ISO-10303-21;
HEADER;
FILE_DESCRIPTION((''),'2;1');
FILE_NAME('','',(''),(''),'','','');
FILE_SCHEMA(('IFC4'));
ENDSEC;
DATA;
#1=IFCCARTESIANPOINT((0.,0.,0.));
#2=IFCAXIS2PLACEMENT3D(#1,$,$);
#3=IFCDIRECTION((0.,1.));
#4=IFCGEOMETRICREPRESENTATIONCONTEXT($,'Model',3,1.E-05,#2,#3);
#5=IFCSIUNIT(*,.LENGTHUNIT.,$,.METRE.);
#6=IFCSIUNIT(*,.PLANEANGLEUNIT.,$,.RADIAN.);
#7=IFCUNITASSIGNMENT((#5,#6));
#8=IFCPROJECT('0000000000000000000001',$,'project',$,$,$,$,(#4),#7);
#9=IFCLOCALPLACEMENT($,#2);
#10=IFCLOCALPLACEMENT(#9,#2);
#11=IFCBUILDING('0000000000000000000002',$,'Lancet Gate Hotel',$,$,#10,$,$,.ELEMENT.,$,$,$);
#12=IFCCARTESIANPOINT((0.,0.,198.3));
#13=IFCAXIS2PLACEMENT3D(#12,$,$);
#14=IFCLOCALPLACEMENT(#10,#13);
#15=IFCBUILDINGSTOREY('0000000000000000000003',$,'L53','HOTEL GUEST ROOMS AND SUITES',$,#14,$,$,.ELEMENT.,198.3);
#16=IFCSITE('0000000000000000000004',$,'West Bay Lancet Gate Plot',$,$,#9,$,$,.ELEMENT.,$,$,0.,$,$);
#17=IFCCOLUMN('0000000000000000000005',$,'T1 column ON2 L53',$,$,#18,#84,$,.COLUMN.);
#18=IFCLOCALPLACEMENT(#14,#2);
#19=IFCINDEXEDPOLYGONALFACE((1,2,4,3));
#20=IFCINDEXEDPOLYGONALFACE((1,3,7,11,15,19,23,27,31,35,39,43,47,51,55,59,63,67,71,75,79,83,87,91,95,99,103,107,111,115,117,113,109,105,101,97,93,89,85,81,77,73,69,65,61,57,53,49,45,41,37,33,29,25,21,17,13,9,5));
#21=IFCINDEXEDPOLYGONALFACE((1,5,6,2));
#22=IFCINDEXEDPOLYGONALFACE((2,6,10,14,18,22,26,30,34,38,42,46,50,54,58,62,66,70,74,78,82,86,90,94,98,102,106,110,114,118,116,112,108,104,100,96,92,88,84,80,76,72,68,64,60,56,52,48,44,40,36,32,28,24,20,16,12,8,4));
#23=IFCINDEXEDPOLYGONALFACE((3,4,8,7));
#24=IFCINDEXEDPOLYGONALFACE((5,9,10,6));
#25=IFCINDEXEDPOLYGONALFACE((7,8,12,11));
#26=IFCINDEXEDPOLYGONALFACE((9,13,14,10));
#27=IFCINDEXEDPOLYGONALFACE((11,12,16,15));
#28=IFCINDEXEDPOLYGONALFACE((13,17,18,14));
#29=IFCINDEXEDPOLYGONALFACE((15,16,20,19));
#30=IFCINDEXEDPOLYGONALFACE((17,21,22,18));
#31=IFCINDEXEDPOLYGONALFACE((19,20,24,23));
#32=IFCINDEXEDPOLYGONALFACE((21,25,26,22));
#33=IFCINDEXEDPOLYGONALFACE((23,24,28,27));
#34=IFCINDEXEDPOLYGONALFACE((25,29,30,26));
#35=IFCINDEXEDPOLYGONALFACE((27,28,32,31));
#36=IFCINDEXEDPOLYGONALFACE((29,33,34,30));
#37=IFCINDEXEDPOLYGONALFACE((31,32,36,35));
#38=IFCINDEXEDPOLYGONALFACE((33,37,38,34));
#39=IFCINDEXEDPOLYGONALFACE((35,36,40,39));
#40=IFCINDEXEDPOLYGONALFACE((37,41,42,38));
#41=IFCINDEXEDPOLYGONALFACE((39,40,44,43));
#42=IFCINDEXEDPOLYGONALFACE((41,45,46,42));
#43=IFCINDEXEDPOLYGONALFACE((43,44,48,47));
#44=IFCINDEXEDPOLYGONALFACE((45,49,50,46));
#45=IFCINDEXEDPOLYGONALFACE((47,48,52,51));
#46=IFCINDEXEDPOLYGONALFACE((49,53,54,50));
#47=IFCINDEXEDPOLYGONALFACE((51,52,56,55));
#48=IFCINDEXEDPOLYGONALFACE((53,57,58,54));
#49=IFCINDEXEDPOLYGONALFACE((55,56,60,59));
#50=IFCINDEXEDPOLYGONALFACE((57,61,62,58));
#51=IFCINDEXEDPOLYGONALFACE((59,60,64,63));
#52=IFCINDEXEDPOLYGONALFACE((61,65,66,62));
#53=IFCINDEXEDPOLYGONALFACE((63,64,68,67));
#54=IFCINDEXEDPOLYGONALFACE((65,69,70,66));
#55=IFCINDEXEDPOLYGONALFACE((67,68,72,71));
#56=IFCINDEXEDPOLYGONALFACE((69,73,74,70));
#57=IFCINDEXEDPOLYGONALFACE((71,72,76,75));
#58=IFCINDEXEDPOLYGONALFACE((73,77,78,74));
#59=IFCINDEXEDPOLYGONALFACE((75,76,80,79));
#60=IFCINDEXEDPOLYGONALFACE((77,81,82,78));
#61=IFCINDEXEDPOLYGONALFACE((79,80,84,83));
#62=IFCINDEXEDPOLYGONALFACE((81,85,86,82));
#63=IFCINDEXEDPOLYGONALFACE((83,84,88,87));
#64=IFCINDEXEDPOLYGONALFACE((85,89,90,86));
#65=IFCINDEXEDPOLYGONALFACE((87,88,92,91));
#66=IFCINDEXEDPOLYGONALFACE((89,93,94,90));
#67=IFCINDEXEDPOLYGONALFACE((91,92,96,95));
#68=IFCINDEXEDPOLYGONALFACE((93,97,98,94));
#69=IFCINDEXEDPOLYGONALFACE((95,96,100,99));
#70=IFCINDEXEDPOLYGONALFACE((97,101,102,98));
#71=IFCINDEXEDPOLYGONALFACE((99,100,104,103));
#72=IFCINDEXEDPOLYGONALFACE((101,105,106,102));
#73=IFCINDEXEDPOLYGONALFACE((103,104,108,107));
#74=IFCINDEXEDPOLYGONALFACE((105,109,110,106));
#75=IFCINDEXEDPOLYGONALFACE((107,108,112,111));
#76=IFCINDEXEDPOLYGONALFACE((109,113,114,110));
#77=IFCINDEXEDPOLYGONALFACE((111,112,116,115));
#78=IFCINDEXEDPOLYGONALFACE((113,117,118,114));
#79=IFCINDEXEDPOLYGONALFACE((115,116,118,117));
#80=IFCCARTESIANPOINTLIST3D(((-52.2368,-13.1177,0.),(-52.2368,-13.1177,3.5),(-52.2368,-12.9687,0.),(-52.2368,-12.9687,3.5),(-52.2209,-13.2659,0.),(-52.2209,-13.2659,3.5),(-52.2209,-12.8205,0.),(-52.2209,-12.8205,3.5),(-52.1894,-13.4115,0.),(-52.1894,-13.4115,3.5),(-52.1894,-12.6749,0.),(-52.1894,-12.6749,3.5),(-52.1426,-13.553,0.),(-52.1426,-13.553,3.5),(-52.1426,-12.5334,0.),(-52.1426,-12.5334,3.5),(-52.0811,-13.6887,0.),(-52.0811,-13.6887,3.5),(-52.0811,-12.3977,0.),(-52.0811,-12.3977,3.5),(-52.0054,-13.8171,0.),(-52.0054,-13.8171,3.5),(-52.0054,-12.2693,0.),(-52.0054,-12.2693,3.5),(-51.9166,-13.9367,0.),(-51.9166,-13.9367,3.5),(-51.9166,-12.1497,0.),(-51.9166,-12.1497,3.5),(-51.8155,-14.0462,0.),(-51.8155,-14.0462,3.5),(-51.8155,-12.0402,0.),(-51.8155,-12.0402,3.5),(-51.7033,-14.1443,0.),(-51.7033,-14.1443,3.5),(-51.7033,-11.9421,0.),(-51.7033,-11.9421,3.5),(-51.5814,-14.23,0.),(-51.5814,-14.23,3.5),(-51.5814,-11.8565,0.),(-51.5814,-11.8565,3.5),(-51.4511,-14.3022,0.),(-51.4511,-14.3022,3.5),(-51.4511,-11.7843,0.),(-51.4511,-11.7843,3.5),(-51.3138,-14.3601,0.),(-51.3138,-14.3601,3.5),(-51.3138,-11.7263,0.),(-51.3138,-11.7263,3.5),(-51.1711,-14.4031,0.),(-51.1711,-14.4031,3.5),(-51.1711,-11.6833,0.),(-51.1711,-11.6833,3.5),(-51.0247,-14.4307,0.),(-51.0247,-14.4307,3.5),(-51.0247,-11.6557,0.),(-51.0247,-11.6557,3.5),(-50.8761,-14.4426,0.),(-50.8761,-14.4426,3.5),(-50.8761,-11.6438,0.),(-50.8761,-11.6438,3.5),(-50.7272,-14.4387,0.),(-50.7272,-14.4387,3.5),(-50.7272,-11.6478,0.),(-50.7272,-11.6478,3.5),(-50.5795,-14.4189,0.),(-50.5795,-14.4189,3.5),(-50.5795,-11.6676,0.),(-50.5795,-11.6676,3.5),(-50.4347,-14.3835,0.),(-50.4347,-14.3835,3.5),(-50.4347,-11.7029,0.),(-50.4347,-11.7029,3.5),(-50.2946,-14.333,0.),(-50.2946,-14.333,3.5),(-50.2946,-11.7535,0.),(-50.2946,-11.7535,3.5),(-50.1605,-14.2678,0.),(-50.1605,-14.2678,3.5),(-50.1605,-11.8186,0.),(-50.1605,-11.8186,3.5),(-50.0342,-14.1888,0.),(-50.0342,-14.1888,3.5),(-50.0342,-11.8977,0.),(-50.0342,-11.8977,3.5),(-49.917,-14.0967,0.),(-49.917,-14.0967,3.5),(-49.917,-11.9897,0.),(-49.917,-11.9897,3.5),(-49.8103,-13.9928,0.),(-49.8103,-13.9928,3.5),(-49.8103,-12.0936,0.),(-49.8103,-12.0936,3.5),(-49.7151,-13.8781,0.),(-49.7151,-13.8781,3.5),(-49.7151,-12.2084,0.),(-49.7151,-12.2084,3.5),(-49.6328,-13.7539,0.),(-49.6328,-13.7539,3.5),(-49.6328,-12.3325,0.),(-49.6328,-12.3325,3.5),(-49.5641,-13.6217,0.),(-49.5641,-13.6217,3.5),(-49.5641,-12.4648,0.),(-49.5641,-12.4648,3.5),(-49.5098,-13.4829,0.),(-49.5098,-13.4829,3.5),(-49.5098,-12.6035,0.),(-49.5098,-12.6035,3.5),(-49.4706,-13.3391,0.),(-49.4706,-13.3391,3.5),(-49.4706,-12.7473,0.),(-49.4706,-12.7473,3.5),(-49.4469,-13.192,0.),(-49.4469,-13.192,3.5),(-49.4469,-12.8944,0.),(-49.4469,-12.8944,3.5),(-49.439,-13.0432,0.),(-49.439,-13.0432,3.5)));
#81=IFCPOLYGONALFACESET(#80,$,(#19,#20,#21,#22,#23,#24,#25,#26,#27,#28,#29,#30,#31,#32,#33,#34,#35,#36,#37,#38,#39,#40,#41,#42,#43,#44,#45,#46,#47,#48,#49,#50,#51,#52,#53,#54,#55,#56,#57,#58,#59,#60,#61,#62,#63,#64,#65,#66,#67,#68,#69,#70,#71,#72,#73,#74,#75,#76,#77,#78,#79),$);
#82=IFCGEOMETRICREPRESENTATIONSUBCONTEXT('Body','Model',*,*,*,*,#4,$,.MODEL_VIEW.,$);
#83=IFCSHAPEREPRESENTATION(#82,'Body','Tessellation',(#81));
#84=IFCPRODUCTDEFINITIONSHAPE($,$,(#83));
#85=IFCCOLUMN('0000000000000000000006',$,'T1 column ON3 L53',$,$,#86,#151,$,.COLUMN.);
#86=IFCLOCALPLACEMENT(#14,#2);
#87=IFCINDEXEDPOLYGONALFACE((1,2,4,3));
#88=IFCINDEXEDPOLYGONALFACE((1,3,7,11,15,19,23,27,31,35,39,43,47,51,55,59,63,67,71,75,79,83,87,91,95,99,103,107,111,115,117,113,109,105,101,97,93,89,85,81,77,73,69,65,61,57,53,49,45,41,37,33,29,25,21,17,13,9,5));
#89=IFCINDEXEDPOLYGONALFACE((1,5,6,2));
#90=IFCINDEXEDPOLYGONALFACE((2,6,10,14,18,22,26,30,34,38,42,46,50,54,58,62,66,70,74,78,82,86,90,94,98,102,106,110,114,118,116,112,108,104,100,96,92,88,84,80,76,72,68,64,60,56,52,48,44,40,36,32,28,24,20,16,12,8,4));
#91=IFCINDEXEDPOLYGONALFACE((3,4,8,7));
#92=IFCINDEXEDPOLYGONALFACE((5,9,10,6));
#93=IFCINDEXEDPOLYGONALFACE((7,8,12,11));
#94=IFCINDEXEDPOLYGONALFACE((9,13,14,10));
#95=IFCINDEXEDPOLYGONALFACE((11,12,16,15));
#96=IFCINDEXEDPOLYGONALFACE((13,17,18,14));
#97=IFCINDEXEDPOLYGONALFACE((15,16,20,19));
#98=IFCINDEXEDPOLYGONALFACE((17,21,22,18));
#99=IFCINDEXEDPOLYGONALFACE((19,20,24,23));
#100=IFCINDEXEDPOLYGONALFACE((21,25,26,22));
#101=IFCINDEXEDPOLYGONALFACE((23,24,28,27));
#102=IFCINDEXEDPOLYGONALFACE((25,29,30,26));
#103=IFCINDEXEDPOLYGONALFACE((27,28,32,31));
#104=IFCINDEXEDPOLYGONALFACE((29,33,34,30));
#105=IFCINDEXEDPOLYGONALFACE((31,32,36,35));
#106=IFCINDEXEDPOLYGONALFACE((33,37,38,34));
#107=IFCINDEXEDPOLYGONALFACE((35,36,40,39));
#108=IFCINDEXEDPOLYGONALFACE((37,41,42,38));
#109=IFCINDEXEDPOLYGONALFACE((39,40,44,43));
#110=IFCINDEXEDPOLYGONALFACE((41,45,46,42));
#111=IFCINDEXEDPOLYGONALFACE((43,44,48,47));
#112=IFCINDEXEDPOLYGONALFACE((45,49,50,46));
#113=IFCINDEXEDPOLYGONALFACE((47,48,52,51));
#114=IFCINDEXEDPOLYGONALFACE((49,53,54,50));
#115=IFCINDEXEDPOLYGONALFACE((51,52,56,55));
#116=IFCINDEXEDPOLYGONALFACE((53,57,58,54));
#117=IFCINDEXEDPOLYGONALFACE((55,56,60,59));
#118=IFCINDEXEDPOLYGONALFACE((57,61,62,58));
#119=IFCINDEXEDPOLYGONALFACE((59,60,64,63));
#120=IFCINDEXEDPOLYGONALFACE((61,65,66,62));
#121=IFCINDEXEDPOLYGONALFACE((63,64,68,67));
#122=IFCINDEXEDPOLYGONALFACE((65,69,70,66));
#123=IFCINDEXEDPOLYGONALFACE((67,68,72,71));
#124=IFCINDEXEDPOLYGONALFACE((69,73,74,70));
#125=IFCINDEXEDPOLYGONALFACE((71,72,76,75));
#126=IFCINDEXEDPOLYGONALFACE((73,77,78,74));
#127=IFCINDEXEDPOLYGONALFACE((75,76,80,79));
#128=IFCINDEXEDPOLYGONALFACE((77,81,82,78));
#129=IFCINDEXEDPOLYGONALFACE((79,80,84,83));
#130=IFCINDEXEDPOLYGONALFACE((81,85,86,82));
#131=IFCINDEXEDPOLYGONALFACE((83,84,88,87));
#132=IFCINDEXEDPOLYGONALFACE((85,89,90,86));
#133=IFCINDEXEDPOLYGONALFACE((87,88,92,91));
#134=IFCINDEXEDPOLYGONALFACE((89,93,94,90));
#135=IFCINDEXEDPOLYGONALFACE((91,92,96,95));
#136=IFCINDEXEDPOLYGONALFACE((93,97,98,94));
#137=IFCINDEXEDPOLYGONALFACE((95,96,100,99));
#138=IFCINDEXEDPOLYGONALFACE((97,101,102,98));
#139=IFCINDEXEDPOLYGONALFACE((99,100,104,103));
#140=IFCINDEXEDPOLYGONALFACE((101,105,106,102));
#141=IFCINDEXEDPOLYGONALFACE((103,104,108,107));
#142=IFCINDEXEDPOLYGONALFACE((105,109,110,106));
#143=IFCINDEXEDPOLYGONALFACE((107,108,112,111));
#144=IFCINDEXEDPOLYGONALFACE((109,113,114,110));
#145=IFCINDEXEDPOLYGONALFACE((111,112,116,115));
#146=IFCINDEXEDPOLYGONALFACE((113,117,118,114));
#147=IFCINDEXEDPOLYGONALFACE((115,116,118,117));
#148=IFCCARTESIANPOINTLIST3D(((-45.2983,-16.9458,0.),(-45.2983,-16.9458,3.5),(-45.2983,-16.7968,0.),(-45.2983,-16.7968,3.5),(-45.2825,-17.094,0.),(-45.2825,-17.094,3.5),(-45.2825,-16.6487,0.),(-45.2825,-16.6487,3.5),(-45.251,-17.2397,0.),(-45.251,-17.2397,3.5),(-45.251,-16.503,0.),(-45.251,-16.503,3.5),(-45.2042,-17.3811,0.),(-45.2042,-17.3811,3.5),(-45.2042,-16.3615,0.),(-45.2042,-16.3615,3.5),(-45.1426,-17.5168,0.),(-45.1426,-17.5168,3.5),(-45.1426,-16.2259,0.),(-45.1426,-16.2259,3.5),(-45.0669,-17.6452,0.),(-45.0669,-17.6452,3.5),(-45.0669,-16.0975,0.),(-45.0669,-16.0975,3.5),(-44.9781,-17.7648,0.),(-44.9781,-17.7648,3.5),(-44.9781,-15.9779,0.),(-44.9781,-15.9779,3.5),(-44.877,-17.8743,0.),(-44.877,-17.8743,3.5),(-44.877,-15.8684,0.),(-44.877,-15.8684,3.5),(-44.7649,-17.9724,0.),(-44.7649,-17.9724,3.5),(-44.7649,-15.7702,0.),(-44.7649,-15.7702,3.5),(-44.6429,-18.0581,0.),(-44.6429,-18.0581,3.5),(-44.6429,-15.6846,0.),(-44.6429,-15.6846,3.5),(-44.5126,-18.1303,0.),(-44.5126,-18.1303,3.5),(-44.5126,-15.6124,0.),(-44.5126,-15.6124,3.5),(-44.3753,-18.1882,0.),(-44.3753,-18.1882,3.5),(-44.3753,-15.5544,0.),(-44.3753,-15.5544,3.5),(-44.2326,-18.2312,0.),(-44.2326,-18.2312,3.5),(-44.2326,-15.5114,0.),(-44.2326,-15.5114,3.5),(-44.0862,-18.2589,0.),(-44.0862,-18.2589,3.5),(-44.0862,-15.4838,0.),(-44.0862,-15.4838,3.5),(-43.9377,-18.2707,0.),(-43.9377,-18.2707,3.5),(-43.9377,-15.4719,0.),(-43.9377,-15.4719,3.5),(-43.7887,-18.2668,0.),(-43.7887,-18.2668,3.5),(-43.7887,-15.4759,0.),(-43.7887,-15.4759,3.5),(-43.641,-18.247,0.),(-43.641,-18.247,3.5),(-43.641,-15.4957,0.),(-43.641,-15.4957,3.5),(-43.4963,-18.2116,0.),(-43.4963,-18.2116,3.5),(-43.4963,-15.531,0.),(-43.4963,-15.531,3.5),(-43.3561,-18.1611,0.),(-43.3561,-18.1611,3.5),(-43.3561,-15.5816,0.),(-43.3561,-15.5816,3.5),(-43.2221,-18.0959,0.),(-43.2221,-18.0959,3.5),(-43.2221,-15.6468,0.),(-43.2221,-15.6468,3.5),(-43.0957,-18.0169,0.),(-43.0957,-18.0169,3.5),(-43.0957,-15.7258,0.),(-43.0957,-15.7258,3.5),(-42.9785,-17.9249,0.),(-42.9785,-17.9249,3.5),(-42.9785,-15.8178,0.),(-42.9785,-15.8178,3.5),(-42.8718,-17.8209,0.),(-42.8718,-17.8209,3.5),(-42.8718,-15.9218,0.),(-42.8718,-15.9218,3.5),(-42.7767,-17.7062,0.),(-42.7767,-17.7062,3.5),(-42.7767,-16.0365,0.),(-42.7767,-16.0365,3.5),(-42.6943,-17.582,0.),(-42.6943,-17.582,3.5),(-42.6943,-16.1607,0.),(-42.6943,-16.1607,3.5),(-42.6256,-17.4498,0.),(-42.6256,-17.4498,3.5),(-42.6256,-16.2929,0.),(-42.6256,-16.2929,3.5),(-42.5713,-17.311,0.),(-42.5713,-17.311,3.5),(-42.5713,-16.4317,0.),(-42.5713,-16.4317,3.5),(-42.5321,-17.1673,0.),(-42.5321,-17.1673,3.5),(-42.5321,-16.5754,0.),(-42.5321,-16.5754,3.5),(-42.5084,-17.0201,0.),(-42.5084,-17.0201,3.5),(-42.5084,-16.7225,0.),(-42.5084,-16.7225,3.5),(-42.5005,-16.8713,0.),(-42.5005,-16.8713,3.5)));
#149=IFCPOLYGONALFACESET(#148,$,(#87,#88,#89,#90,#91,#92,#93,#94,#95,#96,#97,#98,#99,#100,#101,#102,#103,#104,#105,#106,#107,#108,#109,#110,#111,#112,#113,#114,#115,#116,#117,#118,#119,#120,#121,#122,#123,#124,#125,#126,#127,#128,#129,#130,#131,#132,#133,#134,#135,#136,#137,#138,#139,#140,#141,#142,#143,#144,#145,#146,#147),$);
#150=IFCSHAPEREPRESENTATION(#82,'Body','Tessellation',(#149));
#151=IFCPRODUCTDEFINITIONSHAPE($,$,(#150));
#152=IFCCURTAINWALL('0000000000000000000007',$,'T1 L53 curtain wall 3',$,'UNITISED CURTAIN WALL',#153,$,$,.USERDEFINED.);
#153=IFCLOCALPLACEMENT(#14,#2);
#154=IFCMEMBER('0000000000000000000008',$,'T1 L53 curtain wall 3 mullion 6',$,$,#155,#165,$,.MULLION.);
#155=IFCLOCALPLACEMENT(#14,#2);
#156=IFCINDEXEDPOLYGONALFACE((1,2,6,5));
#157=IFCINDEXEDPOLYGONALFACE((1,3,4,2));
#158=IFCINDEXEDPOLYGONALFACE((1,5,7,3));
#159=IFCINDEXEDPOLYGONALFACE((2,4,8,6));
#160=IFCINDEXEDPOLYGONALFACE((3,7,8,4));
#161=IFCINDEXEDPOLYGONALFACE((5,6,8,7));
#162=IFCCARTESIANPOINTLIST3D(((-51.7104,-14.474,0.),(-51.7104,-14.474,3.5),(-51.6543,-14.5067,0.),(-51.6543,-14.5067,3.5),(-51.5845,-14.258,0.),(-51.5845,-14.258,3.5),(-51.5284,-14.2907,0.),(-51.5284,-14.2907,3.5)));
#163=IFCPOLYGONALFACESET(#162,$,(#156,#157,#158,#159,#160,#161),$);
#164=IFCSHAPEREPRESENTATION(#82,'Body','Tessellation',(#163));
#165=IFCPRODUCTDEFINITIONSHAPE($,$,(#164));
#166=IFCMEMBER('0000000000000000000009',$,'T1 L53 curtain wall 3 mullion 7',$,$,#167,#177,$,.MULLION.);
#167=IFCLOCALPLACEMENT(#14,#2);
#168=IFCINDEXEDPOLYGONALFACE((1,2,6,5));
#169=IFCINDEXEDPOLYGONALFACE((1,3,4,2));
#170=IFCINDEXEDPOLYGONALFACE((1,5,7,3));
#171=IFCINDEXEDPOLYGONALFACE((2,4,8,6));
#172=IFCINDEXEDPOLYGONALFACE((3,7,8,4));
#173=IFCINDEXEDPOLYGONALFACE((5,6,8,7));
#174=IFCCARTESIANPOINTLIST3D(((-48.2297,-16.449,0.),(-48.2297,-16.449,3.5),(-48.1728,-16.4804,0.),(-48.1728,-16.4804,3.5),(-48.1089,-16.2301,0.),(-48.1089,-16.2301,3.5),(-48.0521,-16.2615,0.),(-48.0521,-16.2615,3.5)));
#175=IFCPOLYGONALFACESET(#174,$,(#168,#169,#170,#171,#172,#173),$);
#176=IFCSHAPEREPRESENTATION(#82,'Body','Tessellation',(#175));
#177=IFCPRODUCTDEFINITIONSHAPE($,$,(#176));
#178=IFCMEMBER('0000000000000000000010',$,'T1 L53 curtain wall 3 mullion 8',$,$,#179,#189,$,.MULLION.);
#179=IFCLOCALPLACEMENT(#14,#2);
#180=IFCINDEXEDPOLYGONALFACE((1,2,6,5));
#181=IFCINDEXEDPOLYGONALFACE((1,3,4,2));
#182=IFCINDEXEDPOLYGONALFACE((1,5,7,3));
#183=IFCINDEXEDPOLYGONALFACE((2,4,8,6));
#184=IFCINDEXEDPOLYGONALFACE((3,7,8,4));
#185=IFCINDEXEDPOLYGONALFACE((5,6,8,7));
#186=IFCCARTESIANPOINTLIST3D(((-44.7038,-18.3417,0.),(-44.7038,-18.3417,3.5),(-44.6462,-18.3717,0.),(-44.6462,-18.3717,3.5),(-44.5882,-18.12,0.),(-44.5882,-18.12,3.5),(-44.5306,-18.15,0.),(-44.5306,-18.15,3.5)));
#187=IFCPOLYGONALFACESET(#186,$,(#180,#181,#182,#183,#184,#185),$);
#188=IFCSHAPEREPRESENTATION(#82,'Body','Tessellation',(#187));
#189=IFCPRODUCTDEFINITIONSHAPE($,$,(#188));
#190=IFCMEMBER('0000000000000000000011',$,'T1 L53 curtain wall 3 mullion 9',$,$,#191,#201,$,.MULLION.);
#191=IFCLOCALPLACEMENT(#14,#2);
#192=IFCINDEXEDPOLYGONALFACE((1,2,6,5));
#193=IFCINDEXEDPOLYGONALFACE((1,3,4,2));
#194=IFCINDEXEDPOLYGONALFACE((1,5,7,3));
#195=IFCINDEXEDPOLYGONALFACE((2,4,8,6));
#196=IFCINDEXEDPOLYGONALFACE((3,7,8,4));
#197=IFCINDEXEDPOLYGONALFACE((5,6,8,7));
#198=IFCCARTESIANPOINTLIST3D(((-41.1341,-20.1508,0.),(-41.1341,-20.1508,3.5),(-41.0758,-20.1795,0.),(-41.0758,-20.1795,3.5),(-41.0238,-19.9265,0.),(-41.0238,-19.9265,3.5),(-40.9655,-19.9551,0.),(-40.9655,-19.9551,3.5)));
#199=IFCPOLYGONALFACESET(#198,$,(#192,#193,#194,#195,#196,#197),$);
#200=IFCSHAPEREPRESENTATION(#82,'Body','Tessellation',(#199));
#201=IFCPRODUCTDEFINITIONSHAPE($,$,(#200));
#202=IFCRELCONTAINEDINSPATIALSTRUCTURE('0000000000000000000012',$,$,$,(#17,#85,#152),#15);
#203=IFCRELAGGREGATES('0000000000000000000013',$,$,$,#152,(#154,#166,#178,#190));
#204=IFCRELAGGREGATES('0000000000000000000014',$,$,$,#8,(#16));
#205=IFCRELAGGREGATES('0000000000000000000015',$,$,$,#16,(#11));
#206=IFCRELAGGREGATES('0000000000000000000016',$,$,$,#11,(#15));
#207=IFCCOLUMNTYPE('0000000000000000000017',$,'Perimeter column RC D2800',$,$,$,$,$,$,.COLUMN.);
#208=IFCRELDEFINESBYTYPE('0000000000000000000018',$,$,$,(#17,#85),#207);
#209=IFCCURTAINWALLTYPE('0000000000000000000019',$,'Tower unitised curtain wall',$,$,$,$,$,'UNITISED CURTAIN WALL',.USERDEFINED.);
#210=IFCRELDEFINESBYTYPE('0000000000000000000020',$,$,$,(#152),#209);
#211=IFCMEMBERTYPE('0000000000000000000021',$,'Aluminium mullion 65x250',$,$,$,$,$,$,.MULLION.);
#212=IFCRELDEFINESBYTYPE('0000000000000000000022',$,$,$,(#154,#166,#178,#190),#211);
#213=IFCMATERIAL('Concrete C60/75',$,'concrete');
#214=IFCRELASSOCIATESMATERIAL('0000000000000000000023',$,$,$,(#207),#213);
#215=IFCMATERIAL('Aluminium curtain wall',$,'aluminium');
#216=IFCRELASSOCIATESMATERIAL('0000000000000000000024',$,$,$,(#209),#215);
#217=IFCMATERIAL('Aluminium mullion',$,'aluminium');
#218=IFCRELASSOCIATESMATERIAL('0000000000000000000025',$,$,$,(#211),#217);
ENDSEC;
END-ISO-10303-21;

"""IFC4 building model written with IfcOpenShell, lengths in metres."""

from ifc_helpers import new_model, si_unit, direction, frame, origin, origin_2d, place, context, subcontext, project, spatial, rectangle, circle, extrude, material, material_profile, profile_set, type_object, element, aggregate, save


model = new_model("IFC4")

# Units and contexts
model_context = context("Model", 3, precision=1e-05, world=origin(), true_north=direction((0.0, 1.0)))
body_context = subcontext(model_context, "Body", "Model", "MODEL_VIEW")
ifc_project = project(units=[si_unit("LENGTHUNIT", "METRE"), si_unit("PLANEANGLEUNIT", "RADIAN")], contexts=[model_context])

# Site, building, storey
site_placement = place(None, origin())
site = spatial("IfcSite", under=ifc_project, at=site_placement, Name="West Bay Lancet Gate Plot", CompositionType="ELEMENT", RefElevation=0.0)
building_placement = place(site_placement, origin())
building = spatial("IfcBuilding", under=site, at=building_placement, Name="Lancet Gate Hotel", CompositionType="ELEMENT")
storey_placement = place(building_placement, frame((0.0, 0.0, 198.3)))
storey = spatial("IfcBuildingStorey", under=building, at=storey_placement, Name="L53", Description="HOTEL GUEST ROOMS AND SUITES", CompositionType="ELEMENT", Elevation=198.3)

# Columns
ifc_material_1 = material(Name="Concrete C60/75", Category="concrete")
ifc_material_profile_1 = material_profile(ifc_material_1, circle(Radius=1.3999, at=origin_2d()), Name="RC D2800")
ifc_profile_set_1 = profile_set([ifc_material_profile_1], Name="Concrete C60/75")
column_type = type_object("IfcColumnType", Name="Perimeter column RC D2800", PredefinedType="COLUMN", material=ifc_profile_set_1)
for number, where, z_axis, x_axis, name in (
    (1, (-50.8389, -13.0432, 0.0), (0.0, 0.0, 1.0), (1.0, 0.0, 0.0), "T1 column ON2 L53"),
    (2, (-43.9004, -16.8713, 0.0), (0.0, 0.0, 1.0), (1.0, 0.0, 0.0), "T1 column ON3 L53"),
):
    element("IfcColumn", number, at=place(storey_placement, frame(where, z_axis=z_axis, x_axis=x_axis)), inside=storey, type_object=column_type, Name=name, PredefinedType="COLUMN", context=body_context, shape_type="SweptSolid", body=[
        extrude(circle(Radius=1.3999, at=origin_2d()), origin(), (0.0, 0.0, 1.0), 3.5),
    ])

# Curtain wall, members
ifc_material_2 = material(Name="Aluminium curtain wall", Category="aluminium")
curtain_wall_type = type_object("IfcCurtainWallType", Name="Tower unitised curtain wall", ElementType="UNITISED CURTAIN WALL", PredefinedType="USERDEFINED", material=ifc_material_2)
curtain_wall_placement = place(storey_placement, origin())
curtain_wall = element("IfcCurtainWall", 3, at=curtain_wall_placement, inside=storey, type_object=curtain_wall_type, Name="T1 L53 curtain wall 3", ObjectType="UNITISED CURTAIN WALL", PredefinedType="USERDEFINED")
ifc_material_3 = material(Name="Aluminium mullion", Category="aluminium")
ifc_material_profile_2 = material_profile(ifc_material_3, rectangle(XDim=0.0649, YDim=0.25, at=origin_2d()), Name="MULLION 65x250")
ifc_profile_set_2 = profile_set([ifc_material_profile_2], Name="Aluminium mullion")
member_type_1 = type_object("IfcMemberType", Name="Aluminium mullion 65x250", PredefinedType="MULLION", material=ifc_profile_set_2)
member_1_placement = place(storey_placement, frame((-51.6194, -14.3823, 0.0), z_axis=(0.0, 0.0, 1.0), x_axis=(0.863969, -0.503545, 0.0)))
member_1 = element("IfcMember", 4, at=member_1_placement, type_object=member_type_1, Name="T1 L53 curtain wall 3 mullion 6", PredefinedType="MULLION", context=body_context, shape_type="SweptSolid", body=[
    extrude(rectangle(XDim=0.0649, YDim=0.25, at=origin_2d()), origin(), (0.0, 0.0, 1.0), 3.5),
])
member_2_placement = place(storey_placement, frame((-48.1409, -16.3552, 0.0), z_axis=(0.0, 0.0, 1.0), x_axis=(0.875574, -0.483084, 0.0)))
member_2 = element("IfcMember", 5, at=member_2_placement, type_object=member_type_1, Name="T1 L53 curtain wall 3 mullion 7", PredefinedType="MULLION", context=body_context, shape_type="SweptSolid", body=[
    extrude(rectangle(XDim=0.0649, YDim=0.25, at=origin_2d()), origin(), (0.0, 0.0, 1.0), 3.5),
])
member_3_placement = place(storey_placement, frame((-44.6172, -18.2458, 0.0), z_axis=(0.0, 0.0, 1.0), x_axis=(0.886694, -0.462356, 0.0)))
member_3 = element("IfcMember", 6, at=member_3_placement, type_object=member_type_1, Name="T1 L53 curtain wall 3 mullion 8", PredefinedType="MULLION", context=body_context, shape_type="SweptSolid", body=[
    extrude(rectangle(XDim=0.0649, YDim=0.25, at=origin_2d()), origin(), (0.0, 0.0, 1.0), 3.5),
])
member_4_placement = place(storey_placement, frame((-41.0498, -20.053, 0.0), z_axis=(0.0, 0.0, 1.0), x_axis=(0.897324, -0.441372, 0.0)))
member_4 = element("IfcMember", 7, at=member_4_placement, type_object=member_type_1, Name="T1 L53 curtain wall 3 mullion 9", PredefinedType="MULLION", context=body_context, shape_type="SweptSolid", body=[
    extrude(rectangle(XDim=0.0649, YDim=0.25, at=origin_2d()), origin(), (0.0, 0.0, 1.0), 3.5),
])

aggregate(curtain_wall, [member_1, member_2, member_3, member_4])

save(model, "model.ifc")
